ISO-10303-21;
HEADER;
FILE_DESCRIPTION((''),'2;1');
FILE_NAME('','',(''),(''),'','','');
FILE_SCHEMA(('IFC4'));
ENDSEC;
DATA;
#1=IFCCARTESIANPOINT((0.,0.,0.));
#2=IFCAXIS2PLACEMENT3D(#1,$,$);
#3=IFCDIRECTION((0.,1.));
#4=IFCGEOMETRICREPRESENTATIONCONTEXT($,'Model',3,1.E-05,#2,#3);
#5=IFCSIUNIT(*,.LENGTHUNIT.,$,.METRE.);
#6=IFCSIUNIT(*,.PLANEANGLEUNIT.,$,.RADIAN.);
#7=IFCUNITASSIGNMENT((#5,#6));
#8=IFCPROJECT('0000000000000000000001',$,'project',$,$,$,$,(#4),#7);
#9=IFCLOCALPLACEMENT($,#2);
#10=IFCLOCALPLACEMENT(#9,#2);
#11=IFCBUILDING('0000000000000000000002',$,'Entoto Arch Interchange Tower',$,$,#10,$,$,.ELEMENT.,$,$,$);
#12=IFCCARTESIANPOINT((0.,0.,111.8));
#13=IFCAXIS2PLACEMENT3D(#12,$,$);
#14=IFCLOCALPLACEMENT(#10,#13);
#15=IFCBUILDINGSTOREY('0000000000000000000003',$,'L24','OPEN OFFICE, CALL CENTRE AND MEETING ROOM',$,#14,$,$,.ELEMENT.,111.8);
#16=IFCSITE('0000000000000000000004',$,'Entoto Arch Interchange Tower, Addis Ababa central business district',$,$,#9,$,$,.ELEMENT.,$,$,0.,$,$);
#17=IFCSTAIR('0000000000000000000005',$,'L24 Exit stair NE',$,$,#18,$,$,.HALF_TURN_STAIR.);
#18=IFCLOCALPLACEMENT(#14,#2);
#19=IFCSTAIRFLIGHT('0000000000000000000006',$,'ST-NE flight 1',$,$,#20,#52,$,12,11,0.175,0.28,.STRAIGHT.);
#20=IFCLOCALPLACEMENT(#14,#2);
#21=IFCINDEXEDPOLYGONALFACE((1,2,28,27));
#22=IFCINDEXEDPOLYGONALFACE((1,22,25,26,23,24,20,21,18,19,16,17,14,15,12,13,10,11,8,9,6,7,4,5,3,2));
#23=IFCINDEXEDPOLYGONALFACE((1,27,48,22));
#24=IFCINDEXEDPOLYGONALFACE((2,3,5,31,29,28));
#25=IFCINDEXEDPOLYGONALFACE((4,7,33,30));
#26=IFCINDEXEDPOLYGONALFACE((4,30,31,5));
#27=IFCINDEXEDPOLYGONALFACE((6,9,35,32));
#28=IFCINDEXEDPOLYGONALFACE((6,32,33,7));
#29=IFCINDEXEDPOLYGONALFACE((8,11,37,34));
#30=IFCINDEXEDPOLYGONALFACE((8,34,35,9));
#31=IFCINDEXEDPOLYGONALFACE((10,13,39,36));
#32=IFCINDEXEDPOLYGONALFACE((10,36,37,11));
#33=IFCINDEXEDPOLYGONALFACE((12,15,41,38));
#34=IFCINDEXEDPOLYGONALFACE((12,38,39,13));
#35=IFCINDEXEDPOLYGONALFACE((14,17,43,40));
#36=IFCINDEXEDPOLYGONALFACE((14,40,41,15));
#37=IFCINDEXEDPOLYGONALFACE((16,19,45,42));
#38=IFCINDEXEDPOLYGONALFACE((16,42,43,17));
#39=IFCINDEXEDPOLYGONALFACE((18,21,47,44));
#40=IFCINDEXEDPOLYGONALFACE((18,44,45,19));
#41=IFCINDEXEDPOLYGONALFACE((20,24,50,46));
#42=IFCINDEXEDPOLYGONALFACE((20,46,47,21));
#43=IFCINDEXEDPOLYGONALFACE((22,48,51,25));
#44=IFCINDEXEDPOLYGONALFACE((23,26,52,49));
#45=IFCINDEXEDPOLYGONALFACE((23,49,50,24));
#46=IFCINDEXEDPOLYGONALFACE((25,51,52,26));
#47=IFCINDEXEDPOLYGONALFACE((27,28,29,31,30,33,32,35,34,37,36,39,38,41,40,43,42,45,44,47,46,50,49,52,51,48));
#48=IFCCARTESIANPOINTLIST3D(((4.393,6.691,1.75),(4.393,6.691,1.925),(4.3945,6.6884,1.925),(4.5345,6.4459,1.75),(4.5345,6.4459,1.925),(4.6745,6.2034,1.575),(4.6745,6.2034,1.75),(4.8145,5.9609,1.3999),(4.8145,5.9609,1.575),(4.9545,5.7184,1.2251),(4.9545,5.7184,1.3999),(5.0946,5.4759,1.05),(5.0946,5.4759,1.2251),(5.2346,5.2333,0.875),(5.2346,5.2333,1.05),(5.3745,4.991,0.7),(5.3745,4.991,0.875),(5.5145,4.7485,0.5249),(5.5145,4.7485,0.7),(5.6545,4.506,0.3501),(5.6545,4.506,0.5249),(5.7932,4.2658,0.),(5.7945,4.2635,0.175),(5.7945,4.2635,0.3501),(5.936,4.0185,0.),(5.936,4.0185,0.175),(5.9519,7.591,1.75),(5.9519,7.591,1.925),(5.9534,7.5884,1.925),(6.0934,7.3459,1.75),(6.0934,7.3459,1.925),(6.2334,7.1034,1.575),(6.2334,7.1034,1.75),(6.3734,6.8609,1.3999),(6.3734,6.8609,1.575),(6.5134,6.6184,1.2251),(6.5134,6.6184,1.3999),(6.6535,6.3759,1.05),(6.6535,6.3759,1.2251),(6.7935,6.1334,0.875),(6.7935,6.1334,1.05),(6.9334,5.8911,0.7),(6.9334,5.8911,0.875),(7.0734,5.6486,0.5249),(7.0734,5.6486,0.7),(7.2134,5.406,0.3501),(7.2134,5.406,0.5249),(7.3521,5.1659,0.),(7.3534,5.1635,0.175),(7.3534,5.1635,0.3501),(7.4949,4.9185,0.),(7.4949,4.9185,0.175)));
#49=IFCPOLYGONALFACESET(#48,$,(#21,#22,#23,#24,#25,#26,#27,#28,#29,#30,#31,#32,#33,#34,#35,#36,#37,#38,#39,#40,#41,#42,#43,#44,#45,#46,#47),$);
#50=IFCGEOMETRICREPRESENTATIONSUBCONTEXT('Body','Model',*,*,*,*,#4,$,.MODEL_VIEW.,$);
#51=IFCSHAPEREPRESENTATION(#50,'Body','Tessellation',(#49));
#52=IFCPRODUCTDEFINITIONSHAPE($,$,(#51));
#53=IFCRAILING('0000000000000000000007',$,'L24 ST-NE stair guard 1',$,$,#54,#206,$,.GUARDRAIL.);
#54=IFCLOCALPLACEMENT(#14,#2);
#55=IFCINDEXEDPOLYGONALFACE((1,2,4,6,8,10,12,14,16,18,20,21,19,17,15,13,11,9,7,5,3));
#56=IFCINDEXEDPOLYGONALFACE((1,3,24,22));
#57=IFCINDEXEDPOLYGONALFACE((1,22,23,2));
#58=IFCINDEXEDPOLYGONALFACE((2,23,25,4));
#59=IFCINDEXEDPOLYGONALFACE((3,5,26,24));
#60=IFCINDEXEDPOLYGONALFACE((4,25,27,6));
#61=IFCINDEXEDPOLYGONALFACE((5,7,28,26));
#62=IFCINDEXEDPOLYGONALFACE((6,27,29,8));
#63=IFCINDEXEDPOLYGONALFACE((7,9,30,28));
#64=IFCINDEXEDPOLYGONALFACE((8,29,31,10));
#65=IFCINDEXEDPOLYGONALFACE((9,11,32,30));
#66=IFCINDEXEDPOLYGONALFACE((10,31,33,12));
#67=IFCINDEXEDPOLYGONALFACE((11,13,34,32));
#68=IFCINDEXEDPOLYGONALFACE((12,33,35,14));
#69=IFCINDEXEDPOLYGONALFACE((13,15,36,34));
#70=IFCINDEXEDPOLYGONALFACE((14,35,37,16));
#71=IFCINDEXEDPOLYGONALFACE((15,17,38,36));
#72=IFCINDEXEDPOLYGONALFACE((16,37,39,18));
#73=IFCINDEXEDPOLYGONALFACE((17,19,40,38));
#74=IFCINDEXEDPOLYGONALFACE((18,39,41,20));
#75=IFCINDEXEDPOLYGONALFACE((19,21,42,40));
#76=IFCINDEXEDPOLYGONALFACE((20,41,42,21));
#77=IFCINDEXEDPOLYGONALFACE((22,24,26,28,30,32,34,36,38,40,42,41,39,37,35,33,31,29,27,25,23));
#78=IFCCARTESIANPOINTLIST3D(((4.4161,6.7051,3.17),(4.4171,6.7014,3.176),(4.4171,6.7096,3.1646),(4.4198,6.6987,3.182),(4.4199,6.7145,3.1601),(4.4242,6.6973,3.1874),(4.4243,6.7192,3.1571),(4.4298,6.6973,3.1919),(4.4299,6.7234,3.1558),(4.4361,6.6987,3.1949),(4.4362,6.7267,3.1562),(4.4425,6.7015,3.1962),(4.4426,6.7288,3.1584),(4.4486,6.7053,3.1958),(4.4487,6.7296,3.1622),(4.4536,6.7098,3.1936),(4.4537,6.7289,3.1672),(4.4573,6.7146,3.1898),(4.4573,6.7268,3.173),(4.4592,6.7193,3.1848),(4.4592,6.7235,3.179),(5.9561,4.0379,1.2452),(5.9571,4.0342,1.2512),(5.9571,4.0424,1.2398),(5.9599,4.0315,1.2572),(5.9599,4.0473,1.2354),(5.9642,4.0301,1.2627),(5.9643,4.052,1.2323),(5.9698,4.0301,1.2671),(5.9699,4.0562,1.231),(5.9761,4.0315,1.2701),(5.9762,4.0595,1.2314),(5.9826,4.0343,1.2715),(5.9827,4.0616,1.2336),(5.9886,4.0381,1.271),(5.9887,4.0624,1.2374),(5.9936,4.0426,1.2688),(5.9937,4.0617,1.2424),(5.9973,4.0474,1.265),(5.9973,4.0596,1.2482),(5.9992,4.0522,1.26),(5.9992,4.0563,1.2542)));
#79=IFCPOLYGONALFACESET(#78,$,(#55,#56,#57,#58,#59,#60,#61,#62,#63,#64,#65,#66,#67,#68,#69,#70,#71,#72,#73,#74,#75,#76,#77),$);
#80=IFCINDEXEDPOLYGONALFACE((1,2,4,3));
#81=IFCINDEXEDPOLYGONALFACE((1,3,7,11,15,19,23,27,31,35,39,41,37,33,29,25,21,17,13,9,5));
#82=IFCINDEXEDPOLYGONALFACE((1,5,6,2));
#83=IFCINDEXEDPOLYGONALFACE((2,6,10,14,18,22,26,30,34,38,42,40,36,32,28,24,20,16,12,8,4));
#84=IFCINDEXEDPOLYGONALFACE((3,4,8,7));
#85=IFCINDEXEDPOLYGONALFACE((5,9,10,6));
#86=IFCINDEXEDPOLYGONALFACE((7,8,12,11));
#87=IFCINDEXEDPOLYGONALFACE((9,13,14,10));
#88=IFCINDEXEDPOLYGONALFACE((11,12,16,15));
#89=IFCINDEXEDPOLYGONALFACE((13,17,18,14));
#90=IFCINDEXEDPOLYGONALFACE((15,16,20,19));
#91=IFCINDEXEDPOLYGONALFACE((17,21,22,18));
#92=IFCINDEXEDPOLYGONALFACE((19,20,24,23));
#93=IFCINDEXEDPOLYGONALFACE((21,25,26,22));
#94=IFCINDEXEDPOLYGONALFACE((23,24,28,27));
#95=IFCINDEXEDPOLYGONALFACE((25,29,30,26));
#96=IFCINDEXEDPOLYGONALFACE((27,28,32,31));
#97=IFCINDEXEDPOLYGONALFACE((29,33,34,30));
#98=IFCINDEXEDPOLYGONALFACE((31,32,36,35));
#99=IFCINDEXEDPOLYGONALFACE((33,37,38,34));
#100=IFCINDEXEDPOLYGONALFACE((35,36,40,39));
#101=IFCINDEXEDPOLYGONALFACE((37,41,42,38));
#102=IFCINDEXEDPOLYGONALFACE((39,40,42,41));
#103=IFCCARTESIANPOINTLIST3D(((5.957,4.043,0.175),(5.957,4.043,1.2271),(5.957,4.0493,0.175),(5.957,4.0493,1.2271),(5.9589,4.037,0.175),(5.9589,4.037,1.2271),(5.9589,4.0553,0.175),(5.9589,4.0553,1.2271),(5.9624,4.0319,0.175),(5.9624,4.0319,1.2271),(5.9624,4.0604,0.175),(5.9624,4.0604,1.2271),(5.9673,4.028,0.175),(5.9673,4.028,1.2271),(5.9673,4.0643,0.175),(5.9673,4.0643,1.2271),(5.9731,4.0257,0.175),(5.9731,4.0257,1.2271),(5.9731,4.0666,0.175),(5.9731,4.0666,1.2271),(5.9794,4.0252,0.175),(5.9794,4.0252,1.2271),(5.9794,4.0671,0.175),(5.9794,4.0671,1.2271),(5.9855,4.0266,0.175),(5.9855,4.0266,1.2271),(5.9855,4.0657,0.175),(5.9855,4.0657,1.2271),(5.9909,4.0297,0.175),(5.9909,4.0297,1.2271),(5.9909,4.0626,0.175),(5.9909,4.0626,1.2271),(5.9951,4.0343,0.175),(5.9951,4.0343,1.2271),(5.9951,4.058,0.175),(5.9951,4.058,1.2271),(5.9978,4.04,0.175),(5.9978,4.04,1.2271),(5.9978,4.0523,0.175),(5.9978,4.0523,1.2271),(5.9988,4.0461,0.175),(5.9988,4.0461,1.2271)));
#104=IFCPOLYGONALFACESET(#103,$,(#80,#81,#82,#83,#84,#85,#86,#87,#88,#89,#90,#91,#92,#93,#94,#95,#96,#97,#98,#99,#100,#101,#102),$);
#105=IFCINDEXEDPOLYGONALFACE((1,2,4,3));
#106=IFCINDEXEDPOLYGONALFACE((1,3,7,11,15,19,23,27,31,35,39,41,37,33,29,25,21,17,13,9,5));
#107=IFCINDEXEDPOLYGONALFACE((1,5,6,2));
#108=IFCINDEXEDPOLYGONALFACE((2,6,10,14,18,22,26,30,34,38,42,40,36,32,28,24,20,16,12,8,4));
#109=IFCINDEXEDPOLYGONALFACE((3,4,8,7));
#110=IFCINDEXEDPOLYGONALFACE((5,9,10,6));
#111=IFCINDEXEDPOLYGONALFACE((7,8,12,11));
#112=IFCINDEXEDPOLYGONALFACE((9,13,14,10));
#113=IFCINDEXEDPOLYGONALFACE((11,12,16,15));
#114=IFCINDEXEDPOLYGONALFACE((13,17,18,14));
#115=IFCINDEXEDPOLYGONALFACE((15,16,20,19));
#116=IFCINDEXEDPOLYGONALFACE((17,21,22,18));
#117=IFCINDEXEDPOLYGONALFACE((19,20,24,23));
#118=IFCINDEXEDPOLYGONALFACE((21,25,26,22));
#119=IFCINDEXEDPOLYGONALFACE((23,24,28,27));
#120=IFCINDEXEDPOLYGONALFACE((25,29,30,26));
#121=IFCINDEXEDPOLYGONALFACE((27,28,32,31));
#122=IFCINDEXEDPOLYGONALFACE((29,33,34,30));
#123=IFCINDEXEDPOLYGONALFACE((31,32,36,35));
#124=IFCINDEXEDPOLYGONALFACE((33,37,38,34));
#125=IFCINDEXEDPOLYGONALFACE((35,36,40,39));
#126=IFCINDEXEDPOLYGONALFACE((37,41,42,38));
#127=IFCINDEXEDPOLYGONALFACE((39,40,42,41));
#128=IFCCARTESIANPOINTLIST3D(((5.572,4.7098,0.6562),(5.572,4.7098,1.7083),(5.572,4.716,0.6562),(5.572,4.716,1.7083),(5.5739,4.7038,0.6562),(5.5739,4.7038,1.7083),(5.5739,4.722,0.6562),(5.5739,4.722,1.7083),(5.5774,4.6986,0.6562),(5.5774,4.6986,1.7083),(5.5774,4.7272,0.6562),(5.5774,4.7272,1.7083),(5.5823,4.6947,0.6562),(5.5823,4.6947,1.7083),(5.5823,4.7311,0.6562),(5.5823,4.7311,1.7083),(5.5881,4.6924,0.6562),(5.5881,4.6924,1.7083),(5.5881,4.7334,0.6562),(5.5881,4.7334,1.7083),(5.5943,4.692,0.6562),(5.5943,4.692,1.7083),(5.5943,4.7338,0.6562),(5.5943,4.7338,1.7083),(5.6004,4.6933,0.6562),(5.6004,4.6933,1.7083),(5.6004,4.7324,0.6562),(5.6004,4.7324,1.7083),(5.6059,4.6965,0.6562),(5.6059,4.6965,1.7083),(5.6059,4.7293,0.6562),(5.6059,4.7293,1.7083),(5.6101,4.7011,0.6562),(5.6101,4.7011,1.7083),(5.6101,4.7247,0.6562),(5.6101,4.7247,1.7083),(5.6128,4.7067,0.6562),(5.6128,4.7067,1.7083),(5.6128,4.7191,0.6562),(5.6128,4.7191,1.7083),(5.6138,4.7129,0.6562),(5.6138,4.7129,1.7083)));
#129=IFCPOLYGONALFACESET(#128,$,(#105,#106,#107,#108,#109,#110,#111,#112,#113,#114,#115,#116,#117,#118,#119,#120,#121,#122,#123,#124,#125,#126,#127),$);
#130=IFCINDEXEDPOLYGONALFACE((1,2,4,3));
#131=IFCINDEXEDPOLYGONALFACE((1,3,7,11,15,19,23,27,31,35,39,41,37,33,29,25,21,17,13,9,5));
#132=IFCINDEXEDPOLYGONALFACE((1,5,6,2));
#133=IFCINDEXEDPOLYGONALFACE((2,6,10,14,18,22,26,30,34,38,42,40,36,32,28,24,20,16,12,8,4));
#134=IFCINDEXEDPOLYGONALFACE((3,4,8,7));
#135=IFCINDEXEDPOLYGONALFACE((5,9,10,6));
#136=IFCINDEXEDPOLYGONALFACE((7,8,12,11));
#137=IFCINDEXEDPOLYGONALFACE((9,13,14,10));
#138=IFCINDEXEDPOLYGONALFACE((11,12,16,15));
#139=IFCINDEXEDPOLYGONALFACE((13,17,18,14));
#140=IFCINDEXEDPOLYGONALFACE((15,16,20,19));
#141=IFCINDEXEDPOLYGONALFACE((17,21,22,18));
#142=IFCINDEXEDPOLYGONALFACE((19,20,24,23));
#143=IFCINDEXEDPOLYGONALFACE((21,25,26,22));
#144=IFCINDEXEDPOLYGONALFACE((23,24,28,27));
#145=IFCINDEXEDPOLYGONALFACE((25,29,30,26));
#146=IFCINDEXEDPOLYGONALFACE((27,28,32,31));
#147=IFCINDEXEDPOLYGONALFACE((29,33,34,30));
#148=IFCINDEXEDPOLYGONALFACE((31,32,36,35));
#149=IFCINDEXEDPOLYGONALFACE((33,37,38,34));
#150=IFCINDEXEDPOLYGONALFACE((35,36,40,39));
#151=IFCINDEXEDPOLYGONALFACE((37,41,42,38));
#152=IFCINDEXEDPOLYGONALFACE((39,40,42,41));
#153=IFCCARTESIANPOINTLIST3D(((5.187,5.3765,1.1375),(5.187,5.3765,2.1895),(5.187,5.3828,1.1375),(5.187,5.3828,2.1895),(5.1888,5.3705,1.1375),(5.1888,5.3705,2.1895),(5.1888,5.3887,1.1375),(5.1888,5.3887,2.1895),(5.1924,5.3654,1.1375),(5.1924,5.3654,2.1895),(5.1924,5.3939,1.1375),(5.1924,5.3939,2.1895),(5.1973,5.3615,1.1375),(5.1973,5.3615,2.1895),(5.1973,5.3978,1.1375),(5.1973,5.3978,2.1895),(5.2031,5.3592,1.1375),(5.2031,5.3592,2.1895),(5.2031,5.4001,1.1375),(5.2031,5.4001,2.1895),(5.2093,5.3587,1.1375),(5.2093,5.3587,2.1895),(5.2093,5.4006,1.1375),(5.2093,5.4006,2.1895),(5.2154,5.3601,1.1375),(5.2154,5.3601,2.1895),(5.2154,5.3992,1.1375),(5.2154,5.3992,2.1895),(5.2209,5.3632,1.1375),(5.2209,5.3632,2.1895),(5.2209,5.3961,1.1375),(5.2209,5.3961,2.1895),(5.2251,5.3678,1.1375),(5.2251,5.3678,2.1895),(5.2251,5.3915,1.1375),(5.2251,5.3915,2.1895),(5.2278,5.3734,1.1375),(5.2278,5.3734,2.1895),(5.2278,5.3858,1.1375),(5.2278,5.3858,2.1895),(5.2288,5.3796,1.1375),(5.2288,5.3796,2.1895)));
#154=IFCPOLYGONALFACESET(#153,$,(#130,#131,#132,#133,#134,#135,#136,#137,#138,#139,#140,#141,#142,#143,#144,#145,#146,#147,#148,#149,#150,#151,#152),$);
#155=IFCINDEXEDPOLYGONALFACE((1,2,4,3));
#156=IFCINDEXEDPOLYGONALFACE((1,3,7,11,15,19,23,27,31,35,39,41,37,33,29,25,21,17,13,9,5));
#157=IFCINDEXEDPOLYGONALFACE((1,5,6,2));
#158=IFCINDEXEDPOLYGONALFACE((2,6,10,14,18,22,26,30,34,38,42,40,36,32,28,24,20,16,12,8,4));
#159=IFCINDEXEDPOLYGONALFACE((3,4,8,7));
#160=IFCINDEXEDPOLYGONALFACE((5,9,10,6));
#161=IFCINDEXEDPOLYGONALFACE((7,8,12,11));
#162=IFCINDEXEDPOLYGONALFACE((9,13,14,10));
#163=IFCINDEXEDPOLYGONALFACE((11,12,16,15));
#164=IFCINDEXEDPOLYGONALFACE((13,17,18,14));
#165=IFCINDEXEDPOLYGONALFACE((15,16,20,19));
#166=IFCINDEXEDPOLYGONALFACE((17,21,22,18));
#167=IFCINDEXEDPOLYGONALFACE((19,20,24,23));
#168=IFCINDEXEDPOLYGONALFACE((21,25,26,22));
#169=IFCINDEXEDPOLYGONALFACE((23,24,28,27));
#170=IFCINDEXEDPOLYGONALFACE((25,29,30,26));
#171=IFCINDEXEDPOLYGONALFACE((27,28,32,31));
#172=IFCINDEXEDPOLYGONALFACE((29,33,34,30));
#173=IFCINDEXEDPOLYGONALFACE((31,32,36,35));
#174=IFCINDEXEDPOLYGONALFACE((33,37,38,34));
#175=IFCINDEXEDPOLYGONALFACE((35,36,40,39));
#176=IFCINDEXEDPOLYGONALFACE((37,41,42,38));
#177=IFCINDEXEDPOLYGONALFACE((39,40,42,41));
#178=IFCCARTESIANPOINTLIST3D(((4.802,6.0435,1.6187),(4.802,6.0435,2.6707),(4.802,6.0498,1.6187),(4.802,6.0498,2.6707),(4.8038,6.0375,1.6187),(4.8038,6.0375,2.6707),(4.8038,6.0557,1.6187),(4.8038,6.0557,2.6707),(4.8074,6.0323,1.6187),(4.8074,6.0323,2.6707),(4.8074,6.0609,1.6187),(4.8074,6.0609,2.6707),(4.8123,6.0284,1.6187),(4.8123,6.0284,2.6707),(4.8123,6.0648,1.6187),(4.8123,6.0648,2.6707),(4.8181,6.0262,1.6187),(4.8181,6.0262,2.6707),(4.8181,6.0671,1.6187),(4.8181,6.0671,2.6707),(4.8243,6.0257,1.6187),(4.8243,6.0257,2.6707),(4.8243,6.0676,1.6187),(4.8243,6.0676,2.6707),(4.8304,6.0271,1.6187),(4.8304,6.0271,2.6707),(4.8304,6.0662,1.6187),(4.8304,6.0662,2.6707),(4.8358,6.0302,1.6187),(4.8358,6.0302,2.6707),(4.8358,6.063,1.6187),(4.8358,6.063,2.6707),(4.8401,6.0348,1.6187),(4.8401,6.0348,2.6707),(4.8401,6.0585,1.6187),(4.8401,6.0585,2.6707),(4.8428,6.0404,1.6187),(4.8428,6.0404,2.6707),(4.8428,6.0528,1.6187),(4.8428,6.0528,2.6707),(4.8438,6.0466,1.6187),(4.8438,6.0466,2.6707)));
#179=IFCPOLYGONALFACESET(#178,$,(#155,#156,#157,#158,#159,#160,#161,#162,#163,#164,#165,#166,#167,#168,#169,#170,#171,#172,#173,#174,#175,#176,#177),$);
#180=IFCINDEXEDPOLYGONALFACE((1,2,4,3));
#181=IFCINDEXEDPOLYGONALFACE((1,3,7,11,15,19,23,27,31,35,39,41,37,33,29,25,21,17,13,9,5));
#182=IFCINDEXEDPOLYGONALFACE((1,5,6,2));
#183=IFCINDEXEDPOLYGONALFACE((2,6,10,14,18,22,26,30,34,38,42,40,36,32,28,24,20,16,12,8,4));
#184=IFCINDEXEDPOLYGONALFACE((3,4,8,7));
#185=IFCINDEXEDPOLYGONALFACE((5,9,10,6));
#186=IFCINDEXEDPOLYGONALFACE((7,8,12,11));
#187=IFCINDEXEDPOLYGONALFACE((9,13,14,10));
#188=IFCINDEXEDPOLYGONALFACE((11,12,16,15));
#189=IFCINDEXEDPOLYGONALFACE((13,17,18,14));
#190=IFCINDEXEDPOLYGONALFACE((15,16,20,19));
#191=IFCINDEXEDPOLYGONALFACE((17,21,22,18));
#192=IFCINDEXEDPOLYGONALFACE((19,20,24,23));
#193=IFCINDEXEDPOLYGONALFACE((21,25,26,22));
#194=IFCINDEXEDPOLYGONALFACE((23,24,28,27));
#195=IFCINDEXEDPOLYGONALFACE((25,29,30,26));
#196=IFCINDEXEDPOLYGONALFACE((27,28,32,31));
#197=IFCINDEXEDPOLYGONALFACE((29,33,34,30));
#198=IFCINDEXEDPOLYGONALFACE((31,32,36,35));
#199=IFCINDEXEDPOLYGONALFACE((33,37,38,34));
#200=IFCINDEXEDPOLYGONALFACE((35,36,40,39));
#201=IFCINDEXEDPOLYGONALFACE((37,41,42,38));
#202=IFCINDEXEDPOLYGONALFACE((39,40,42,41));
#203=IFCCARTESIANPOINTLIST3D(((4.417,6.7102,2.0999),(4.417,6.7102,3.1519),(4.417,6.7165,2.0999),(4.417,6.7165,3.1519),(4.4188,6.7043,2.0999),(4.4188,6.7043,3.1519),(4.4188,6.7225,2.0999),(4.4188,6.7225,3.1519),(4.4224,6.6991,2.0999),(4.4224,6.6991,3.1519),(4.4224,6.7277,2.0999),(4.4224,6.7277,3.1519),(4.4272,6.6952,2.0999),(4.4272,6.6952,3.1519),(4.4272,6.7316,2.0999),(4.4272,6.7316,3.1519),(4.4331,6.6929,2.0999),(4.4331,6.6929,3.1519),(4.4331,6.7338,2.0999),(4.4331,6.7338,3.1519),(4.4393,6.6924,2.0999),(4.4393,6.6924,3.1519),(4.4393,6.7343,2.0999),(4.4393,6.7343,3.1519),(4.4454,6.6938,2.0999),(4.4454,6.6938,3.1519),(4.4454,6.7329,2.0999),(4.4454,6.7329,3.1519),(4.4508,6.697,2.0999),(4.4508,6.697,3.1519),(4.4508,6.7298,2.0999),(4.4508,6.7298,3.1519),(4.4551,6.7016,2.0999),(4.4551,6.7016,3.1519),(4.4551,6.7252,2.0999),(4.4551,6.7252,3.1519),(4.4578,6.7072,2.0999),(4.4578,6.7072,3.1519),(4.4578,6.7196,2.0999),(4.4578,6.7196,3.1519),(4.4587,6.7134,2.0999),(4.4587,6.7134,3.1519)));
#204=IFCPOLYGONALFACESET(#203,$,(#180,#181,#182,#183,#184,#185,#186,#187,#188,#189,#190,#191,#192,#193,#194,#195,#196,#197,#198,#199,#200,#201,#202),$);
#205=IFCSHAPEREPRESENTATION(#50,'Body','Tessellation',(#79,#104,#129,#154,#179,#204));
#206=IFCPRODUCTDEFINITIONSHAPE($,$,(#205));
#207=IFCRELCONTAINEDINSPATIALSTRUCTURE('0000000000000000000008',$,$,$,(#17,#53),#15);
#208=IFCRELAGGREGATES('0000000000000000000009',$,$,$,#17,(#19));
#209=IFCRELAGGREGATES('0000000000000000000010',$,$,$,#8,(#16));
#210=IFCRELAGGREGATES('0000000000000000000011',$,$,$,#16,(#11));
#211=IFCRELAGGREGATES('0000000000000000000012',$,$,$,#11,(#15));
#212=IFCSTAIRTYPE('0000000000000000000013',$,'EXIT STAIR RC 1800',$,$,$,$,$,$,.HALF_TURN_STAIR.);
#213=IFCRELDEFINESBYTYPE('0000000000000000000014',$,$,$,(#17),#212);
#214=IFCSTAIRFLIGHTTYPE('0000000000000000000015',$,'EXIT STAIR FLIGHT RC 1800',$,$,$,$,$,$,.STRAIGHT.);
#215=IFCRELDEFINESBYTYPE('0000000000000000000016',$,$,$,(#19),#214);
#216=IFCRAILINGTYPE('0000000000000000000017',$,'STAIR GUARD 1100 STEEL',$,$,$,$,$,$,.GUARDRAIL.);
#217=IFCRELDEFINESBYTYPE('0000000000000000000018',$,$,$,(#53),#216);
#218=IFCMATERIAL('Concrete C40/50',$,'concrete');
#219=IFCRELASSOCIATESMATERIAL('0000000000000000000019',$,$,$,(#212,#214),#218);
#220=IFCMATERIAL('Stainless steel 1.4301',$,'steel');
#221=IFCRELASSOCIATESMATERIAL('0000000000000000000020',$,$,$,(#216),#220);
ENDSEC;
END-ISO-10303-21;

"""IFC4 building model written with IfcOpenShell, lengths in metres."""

from ifc_helpers import new_model, si_unit, direction, frame, origin, origin_2d, place, context, subcontext, project, spatial, polyline, circle, outline, extrude, material, type_object, element, aggregate, save


model = new_model("IFC4")

# Units and contexts
model_context = context("Model", 3, precision=1e-05, world=origin(), true_north=direction((0.0, 1.0)))
body_context = subcontext(model_context, "Body", "Model", "MODEL_VIEW")
ifc_project = project(units=[si_unit("LENGTHUNIT", "METRE"), si_unit("PLANEANGLEUNIT", "RADIAN")], contexts=[model_context])

# Site, building, storey
site_placement = place(None, origin())
site = spatial("IfcSite", under=ifc_project, at=site_placement, Name="Entoto Arch Interchange Tower, Addis Ababa central business district", CompositionType="ELEMENT", RefElevation=0.0)
building_placement = place(site_placement, origin())
building = spatial("IfcBuilding", under=site, at=building_placement, Name="Entoto Arch Interchange Tower", CompositionType="ELEMENT")
storey_placement = place(building_placement, frame((0.0, 0.0, 111.8)))
storey = spatial("IfcBuildingStorey", under=building, at=storey_placement, Name="L24", Description="OPEN OFFICE, CALL CENTRE AND MEETING ROOM", CompositionType="ELEMENT", Elevation=111.8)

# Shared definitions
ifc_material_1 = material(Name="Concrete C40/50", Category="concrete")

# Stair, stair flight
stair_type = type_object("IfcStairType", Name="EXIT STAIR RC 1800", PredefinedType="HALF_TURN_STAIR", material=ifc_material_1)
stair_placement = place(storey_placement, origin())
stair = element("IfcStair", 1, at=stair_placement, inside=storey, type_object=stair_type, Name="L24 Exit stair NE", PredefinedType="HALF_TURN_STAIR")
stair_flight_type = type_object("IfcStairFlightType", Name="EXIT STAIR FLIGHT RC 1800", PredefinedType="STRAIGHT", material=ifc_material_1)
stair_flight_placement = place(storey_placement, frame((6.7139, 4.4709, 0.0), z_axis=(0.0, 0.0, 1.0), x_axis=(-0.5, 0.866025, 0.0)))
stair_flight = element("IfcStairFlight", 2, at=stair_flight_placement, type_object=stair_flight_type, Name="ST-NE flight 1", NumberOfRisers=12, NumberOfTreads=11, PredefinedType="STRAIGHT", RiserHeight=0.175, TreadLength=0.28, context=body_context, shape_type="SweptSolid", body=[
    extrude(outline(polyline([(-0.0029, 0.0), (-0.0029, 0.175), (0.28, 0.175), (0.28, 0.3501), (0.5601, 0.3501), (0.5601, 0.5249), (0.8401, 0.5249), (0.8401, 0.7), (1.1201, 0.7), (1.1201, 0.875), (1.3999, 0.875), (1.3999, 1.05), (1.6799, 1.05), (1.6799, 1.2251), (1.96, 1.2251), (1.96, 1.3999), (2.24, 1.3999), (2.24, 1.575), (2.52, 1.575), (2.52, 1.75), (2.8, 1.75), (2.8, 1.925), (3.0801, 1.925), (3.083, 1.925), (3.083, 1.75), (0.2827, 0.0), (-0.0029, 0.0)])), frame((0.0, 0.8999, 0.0), z_axis=(0.0, -1.0, 0.0), x_axis=(1.0, 0.0, 0.0)), (0.0, 0.0, 1.0), 1.8),
])
aggregate(stair, [stair_flight])

# Railing
ifc_material_2 = material(Name="Stainless steel 1.4301", Category="steel")
railing_type_1 = type_object("IfcRailingType", Name="STAIR GUARD 1100 STEEL", PredefinedType="GUARDRAIL", material=ifc_material_2)
railing_1_placement = place(storey_placement, frame((5.9778, 4.0461, 0.175)))
element("IfcRailing", 3, at=railing_1_placement, inside=storey, type_object=railing_type_1, Name="L24 ST-NE stair guard 1", PredefinedType="GUARDRAIL", context=body_context, shape_type="SweptSolid", body=[
    extrude(circle(Radius=0.0239, at=origin_2d()), frame((0.0, 0.0, 1.0762), z_axis=(-0.424031, 0.73439, 0.529971), x_axis=(-0.86601, -0.500027, 0.0)), (0.0, 0.0, 1.0), 3.6318),
    extrude(circle(Radius=0.021, at=origin_2d()), origin(), (0.0, 0.0, 1.0), 1.052),
    extrude(circle(Radius=0.021, at=origin_2d()), frame((-0.385, 0.6667, 0.4812)), (0.0, 0.0, 1.0), 1.052),
    extrude(circle(Radius=0.021, at=origin_2d()), frame((-0.77, 1.3335, 0.9624)), (0.0, 0.0, 1.0), 1.052),
    extrude(circle(Radius=0.021, at=origin_2d()), frame((-1.155, 2.0005, 1.4436)), (0.0, 0.0, 1.0), 1.052),
    extrude(circle(Radius=0.021, at=origin_2d()), frame((-1.54, 2.6672, 1.9248)), (0.0, 0.0, 1.0), 1.052),
])

save(model, "model.ifc")
